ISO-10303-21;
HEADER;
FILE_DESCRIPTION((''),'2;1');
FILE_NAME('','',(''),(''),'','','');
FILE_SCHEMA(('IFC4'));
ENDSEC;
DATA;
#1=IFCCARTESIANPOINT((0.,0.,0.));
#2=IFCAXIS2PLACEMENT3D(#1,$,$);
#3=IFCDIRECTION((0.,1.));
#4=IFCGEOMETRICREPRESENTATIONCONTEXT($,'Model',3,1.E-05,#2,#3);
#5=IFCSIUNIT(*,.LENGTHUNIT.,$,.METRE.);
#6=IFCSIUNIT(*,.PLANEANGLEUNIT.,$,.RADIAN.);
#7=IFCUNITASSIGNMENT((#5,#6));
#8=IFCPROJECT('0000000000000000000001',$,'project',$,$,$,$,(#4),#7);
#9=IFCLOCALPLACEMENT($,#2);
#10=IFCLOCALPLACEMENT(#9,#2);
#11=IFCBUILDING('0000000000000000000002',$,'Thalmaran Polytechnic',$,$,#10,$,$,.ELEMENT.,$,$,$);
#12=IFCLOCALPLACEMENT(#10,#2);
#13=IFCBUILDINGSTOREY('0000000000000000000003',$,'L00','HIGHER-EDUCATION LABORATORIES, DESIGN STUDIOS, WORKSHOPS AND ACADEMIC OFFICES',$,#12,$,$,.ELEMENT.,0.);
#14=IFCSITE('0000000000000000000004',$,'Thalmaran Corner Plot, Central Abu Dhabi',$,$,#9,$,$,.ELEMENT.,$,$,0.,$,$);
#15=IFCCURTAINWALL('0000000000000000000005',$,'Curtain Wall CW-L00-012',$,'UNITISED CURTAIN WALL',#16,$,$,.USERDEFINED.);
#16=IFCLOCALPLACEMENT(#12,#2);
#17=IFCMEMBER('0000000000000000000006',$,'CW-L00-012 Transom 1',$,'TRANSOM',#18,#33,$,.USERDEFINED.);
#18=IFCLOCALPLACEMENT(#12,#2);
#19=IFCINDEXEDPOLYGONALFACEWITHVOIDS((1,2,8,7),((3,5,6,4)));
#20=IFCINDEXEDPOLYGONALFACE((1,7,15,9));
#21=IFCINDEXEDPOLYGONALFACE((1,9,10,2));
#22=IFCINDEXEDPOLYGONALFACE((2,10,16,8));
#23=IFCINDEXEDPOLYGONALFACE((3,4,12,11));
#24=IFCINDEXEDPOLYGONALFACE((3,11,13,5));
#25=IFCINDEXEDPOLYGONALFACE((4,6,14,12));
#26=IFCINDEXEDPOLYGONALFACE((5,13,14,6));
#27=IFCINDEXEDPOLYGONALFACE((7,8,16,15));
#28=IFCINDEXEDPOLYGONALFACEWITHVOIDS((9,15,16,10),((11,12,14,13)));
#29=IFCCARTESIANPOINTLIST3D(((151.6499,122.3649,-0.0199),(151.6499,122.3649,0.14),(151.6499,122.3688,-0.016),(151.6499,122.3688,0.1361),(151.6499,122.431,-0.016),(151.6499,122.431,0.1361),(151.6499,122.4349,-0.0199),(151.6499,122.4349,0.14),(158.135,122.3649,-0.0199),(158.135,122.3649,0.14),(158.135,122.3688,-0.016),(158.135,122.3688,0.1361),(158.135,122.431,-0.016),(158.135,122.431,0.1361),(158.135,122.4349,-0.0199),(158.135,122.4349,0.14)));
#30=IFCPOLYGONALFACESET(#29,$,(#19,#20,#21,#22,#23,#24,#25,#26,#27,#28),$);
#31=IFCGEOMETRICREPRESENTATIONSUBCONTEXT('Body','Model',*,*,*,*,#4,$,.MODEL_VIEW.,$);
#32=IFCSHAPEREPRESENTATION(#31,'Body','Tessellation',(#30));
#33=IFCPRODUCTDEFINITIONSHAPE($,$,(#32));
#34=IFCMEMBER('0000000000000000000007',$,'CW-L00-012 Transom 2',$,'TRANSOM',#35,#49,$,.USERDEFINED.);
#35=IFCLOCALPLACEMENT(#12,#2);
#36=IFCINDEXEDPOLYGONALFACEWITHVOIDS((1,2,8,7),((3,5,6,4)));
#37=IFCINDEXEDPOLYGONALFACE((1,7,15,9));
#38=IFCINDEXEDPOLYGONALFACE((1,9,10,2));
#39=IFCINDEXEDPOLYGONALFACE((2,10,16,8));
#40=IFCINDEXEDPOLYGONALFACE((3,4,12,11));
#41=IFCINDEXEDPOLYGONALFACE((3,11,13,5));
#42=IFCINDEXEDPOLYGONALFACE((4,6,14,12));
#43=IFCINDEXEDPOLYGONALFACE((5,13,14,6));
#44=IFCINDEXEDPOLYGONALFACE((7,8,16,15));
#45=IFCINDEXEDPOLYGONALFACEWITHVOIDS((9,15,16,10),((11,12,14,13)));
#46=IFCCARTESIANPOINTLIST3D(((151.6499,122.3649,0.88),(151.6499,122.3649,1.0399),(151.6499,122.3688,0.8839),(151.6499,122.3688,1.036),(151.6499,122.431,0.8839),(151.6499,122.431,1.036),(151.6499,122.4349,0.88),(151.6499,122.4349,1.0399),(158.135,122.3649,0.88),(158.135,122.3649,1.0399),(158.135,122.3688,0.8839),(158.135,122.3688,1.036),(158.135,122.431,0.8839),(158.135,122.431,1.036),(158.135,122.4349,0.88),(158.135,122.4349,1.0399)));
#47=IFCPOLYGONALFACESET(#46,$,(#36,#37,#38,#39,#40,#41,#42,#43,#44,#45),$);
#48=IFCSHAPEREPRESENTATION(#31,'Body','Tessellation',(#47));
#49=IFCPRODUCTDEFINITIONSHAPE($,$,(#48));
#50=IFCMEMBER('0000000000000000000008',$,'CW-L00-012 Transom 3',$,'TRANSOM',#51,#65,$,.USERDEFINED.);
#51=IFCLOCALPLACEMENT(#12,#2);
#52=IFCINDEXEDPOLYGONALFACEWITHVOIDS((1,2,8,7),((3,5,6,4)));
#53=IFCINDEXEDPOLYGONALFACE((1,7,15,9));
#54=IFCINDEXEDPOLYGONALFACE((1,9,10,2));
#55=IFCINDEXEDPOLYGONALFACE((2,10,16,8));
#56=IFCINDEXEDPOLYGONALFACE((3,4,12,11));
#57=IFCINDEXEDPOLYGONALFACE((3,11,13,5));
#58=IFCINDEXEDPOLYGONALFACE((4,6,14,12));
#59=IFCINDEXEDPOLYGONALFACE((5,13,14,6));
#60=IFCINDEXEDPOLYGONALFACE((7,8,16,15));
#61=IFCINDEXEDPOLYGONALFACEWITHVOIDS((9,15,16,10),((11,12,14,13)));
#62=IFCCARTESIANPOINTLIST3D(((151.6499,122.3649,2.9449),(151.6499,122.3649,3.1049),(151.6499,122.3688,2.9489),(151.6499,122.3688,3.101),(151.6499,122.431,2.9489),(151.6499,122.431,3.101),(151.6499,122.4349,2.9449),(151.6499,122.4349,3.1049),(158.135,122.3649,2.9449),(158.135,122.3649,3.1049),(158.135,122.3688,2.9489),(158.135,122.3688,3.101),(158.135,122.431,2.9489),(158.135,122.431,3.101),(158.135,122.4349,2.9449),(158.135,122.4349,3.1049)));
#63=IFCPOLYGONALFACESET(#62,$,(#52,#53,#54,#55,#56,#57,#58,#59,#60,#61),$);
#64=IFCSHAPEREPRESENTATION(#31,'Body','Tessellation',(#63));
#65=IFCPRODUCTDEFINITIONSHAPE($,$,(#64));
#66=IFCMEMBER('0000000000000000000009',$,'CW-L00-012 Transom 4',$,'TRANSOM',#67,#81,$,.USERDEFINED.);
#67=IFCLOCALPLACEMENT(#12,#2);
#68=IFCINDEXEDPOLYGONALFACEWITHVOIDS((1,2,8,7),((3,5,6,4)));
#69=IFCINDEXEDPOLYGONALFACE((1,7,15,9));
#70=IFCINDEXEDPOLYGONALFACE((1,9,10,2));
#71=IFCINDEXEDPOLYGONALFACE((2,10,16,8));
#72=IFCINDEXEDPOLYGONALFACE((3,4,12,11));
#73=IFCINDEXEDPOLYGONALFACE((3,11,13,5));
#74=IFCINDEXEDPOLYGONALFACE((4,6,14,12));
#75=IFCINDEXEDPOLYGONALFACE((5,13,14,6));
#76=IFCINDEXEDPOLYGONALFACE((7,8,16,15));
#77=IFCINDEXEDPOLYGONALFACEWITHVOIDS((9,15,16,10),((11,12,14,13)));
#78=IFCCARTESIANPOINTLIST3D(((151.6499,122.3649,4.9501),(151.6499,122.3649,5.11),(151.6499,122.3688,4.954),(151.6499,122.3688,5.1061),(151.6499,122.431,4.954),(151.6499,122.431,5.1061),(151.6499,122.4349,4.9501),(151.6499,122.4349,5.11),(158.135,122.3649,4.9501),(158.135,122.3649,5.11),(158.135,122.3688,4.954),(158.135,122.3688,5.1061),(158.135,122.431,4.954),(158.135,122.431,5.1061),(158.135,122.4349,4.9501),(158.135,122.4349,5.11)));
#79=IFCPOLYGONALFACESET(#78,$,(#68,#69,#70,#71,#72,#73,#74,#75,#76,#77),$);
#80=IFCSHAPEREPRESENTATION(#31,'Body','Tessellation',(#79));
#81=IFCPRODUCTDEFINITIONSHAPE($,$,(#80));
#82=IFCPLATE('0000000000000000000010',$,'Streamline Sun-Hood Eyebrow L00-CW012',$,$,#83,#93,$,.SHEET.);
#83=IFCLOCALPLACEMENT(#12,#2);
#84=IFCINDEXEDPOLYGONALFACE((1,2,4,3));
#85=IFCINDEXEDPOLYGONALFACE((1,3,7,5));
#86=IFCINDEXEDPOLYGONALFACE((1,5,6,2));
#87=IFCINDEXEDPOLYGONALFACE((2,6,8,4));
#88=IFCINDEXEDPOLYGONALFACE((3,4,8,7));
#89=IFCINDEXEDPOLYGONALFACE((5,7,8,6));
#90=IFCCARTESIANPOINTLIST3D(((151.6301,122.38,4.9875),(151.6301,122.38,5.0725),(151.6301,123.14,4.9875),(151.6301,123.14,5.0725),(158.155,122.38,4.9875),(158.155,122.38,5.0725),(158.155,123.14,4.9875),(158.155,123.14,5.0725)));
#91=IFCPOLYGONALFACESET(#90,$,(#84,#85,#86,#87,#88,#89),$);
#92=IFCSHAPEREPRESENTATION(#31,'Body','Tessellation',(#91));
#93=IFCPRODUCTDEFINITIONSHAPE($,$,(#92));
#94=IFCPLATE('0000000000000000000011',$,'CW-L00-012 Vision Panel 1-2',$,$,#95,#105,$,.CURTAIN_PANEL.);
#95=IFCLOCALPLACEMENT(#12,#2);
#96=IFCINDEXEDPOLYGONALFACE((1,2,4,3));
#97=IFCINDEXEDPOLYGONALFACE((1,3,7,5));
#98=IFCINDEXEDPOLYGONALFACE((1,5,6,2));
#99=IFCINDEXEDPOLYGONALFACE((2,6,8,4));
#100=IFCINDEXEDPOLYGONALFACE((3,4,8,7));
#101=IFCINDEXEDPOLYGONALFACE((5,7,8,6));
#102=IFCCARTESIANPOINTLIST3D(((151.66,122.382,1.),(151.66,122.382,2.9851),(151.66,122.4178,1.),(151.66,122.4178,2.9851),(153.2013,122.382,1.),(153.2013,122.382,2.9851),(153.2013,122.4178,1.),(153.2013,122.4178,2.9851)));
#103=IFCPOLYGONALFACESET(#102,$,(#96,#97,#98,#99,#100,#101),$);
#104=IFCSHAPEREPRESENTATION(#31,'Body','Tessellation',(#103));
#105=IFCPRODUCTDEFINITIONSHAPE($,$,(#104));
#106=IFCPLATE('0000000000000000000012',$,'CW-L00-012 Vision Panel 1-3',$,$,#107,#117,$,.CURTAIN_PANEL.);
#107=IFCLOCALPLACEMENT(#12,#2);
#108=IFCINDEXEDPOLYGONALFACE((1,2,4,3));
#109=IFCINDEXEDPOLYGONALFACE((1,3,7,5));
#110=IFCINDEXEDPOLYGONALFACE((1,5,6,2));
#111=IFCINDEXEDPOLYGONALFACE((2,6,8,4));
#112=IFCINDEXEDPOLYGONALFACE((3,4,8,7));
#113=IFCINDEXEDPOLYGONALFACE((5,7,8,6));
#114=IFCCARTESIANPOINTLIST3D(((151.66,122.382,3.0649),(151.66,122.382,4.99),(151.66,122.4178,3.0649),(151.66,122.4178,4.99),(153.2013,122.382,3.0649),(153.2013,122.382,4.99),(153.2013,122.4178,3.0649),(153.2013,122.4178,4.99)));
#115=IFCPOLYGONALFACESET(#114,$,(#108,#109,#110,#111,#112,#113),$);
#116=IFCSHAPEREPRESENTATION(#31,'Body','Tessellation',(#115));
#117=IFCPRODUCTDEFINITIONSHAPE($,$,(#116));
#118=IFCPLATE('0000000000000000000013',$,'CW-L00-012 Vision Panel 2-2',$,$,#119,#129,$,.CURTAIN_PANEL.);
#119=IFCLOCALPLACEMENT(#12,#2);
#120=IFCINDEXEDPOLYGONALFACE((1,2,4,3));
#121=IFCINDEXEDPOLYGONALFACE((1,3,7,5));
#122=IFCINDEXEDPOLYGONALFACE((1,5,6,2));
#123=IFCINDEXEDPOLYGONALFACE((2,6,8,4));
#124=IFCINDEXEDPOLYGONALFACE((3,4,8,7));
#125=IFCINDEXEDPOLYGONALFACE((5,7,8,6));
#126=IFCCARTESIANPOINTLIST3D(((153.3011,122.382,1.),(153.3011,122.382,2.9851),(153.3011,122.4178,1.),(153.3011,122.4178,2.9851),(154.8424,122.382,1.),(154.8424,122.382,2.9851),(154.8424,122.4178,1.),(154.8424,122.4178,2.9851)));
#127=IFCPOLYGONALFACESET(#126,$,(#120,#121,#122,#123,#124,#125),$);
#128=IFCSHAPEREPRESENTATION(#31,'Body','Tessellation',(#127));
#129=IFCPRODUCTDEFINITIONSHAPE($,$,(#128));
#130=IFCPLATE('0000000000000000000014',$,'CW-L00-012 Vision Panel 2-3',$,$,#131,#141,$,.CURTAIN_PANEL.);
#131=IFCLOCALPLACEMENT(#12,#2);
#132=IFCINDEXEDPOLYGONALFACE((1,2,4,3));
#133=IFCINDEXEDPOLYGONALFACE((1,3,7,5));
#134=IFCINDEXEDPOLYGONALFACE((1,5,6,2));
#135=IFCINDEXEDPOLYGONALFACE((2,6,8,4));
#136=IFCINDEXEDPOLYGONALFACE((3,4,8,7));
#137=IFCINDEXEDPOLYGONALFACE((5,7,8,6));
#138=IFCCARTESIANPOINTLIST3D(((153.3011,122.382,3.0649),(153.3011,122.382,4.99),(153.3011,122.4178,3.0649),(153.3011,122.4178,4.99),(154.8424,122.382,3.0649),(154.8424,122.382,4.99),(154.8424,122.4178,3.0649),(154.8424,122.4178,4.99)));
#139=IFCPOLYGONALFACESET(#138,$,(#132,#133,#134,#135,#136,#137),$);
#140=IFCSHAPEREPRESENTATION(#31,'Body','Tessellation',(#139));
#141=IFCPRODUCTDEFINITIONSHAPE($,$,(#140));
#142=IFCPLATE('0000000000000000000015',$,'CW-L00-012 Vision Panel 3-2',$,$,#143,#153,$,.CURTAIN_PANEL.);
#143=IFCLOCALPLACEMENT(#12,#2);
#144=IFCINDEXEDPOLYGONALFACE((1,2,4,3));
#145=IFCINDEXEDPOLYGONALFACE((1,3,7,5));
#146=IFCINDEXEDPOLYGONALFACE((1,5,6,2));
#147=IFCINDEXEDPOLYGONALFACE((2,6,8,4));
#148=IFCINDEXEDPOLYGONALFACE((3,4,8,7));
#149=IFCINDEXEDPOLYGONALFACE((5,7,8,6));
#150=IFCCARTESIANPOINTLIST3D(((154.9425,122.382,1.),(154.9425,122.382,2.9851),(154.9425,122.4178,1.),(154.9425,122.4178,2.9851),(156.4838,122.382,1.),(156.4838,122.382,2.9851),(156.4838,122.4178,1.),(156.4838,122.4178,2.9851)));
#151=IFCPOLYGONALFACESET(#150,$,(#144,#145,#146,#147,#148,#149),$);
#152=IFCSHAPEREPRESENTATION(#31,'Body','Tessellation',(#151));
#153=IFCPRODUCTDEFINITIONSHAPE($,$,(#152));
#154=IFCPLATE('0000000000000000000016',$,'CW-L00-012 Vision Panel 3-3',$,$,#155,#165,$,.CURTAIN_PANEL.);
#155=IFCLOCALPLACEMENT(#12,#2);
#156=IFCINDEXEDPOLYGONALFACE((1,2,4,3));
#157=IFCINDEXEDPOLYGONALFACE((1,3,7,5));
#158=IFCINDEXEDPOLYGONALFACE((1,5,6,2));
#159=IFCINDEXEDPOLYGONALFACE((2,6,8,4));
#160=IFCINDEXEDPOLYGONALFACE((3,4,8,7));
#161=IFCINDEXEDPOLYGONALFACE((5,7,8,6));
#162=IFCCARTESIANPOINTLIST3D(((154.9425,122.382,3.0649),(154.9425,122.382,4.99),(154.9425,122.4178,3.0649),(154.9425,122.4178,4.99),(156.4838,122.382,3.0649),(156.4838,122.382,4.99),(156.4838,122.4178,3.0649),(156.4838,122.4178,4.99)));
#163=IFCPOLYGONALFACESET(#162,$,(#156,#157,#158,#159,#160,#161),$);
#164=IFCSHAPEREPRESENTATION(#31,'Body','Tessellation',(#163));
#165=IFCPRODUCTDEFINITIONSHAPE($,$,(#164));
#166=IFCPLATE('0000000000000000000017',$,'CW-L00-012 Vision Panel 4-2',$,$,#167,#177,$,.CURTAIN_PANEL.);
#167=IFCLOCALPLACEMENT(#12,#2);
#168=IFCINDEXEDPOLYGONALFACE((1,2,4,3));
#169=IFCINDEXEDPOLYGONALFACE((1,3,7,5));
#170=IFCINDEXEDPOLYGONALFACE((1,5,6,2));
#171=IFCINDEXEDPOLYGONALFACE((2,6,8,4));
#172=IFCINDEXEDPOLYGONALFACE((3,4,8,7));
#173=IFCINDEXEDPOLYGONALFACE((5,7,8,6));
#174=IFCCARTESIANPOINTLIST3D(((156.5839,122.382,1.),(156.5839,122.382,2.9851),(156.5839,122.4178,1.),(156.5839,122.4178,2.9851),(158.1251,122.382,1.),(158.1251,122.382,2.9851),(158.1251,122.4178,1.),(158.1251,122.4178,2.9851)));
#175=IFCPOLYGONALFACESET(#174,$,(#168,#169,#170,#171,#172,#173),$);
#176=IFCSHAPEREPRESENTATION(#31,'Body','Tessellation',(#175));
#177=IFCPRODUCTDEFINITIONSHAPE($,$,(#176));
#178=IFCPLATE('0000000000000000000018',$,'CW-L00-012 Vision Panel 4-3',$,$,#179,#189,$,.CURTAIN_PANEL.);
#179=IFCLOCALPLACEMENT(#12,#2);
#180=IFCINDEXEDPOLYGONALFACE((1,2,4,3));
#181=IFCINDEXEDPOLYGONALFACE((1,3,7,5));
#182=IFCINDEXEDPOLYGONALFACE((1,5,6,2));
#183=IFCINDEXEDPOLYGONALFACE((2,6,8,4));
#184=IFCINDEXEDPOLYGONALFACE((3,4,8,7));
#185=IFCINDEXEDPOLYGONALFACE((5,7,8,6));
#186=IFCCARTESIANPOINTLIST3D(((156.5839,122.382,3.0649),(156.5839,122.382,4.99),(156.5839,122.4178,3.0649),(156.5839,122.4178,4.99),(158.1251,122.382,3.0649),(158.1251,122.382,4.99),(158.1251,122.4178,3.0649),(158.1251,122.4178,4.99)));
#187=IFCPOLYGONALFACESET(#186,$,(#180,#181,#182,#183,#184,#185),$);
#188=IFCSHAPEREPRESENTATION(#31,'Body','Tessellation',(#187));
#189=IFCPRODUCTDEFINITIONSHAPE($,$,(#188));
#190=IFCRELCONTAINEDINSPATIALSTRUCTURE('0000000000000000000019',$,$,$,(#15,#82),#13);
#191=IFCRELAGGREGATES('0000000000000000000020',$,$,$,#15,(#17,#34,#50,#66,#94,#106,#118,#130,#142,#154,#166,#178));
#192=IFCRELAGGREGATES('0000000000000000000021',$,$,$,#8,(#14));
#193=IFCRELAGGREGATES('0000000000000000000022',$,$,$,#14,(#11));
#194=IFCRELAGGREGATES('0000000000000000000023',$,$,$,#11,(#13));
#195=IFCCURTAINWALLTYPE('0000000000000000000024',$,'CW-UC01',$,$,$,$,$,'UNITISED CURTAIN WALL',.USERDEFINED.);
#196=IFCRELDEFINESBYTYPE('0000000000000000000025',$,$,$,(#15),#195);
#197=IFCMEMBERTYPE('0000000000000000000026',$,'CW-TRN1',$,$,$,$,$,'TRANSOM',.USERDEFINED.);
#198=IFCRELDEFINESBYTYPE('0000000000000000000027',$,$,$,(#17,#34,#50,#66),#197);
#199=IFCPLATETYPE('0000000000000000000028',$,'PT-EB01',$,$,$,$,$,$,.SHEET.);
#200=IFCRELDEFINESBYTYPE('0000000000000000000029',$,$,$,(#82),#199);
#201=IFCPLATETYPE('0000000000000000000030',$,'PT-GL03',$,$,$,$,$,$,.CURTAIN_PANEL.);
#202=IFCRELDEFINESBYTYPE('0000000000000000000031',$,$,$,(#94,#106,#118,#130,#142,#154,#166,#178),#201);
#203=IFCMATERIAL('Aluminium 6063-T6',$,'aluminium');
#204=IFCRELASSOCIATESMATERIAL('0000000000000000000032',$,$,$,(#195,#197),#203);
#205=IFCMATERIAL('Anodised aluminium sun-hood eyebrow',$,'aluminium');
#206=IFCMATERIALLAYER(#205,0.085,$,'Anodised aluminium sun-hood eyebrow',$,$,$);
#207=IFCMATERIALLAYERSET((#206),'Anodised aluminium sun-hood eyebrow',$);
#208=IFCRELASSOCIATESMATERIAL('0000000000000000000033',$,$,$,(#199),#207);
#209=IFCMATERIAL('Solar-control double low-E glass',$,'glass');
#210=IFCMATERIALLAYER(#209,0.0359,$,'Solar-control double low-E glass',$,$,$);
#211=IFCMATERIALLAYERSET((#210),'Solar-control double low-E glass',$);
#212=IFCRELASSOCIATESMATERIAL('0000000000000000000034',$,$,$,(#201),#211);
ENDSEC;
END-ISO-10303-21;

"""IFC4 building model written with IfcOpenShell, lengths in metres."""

from ifc_helpers import new_model, si_unit, direction, frame, origin, origin_2d, place, context, subcontext, project, spatial, rectangle, hollow_rectangle, extrude, material, layer, layer_set, material_profile, profile_set, type_object, element, aggregate, save


model = new_model("IFC4")

# Units and contexts
model_context = context("Model", 3, precision=1e-05, world=origin(), true_north=direction((0.0, 1.0)))
body_context = subcontext(model_context, "Body", "Model", "MODEL_VIEW")
ifc_project = project(units=[si_unit("LENGTHUNIT", "METRE"), si_unit("PLANEANGLEUNIT", "RADIAN")], contexts=[model_context])

# Site, building, storey
site_placement = place(None, origin())
site = spatial("IfcSite", under=ifc_project, at=site_placement, Name="Thalmaran Corner Plot, Central Abu Dhabi", CompositionType="ELEMENT", RefElevation=0.0)
building_placement = place(site_placement, origin())
building = spatial("IfcBuilding", under=site, at=building_placement, Name="Thalmaran Polytechnic", CompositionType="ELEMENT")
storey_placement = place(building_placement, origin())
storey = spatial("IfcBuildingStorey", under=building, at=storey_placement, Name="L00", Description="HIGHER-EDUCATION LABORATORIES, DESIGN STUDIOS, WORKSHOPS AND ACADEMIC OFFICES", CompositionType="ELEMENT", Elevation=0.0)

# Curtain wall, members
ifc_material_1 = material(Name="Aluminium 6063-T6", Category="aluminium")
curtain_wall_type = type_object("IfcCurtainWallType", Name="CW-UC01", ElementType="UNITISED CURTAIN WALL", PredefinedType="USERDEFINED", material=ifc_material_1)
curtain_wall_placement = place(storey_placement, origin())
curtain_wall = element("IfcCurtainWall", 1, at=curtain_wall_placement, inside=storey, type_object=curtain_wall_type, Name="Curtain Wall CW-L00-012", ObjectType="UNITISED CURTAIN WALL", PredefinedType="USERDEFINED")
ifc_material_profile_1 = material_profile(ifc_material_1, hollow_rectangle(XDim=0.0701, YDim=0.1599, WallThickness=0.0039, at=origin_2d()), Name="AL 160x70x4.0")
ifc_profile_set_1 = profile_set([ifc_material_profile_1], Name="Aluminium 6063-T6")
member_type_1 = type_object("IfcMemberType", Name="CW-TRN1", ElementType="TRANSOM", PredefinedType="USERDEFINED", material=ifc_profile_set_1)
member_1_placement = place(storey_placement, frame((151.6499, 122.3999, 0.0601), z_axis=(1.0, 0.0, 0.0), x_axis=(0.0, 1.0, 0.0)))
member_1 = element("IfcMember", 2, at=member_1_placement, type_object=member_type_1, Name="CW-L00-012 Transom 1", ObjectType="TRANSOM", PredefinedType="USERDEFINED", context=body_context, shape_type="SweptSolid", body=[
    extrude(hollow_rectangle(XDim=0.0701, YDim=0.1599, WallThickness=0.0039, at=origin_2d()), origin(), (0.0, 0.0, 1.0), 6.4851),
])
member_2_placement = place(storey_placement, frame((151.6499, 122.3999, 0.96), z_axis=(1.0, 0.0, 0.0), x_axis=(0.0, 1.0, 0.0)))
member_2 = element("IfcMember", 3, at=member_2_placement, type_object=member_type_1, Name="CW-L00-012 Transom 2", ObjectType="TRANSOM", PredefinedType="USERDEFINED", context=body_context, shape_type="SweptSolid", body=[
    extrude(hollow_rectangle(XDim=0.0701, YDim=0.1599, WallThickness=0.0039, at=origin_2d()), origin(), (0.0, 0.0, 1.0), 6.4851),
])
member_3_placement = place(storey_placement, frame((151.6499, 122.3999, 3.0249), z_axis=(1.0, 0.0, 0.0), x_axis=(0.0, 1.0, 0.0)))
member_3 = element("IfcMember", 4, at=member_3_placement, type_object=member_type_1, Name="CW-L00-012 Transom 3", ObjectType="TRANSOM", PredefinedType="USERDEFINED", context=body_context, shape_type="SweptSolid", body=[
    extrude(hollow_rectangle(XDim=0.0701, YDim=0.1599, WallThickness=0.0039, at=origin_2d()), origin(), (0.0, 0.0, 1.0), 6.4851),
])
member_4_placement = place(storey_placement, frame((151.6499, 122.3999, 5.03), z_axis=(1.0, 0.0, 0.0), x_axis=(0.0, 1.0, 0.0)))
member_4 = element("IfcMember", 5, at=member_4_placement, type_object=member_type_1, Name="CW-L00-012 Transom 4", ObjectType="TRANSOM", PredefinedType="USERDEFINED", context=body_context, shape_type="SweptSolid", body=[
    extrude(hollow_rectangle(XDim=0.0701, YDim=0.1599, WallThickness=0.0039, at=origin_2d()), origin(), (0.0, 0.0, 1.0), 6.4851),
])

# Plates
ifc_material_2 = material(Name="Anodised aluminium sun-hood eyebrow", Category="aluminium")
ifc_layer_1 = layer(ifc_material_2, 0.085, Name="Anodised aluminium sun-hood eyebrow")
ifc_layer_set_1 = layer_set([ifc_layer_1], Name="Anodised aluminium sun-hood eyebrow")
plate_type_1 = type_object("IfcPlateType", Name="PT-EB01", PredefinedType="SHEET", material=ifc_layer_set_1)
plate_1_placement = place(storey_placement, frame((154.8926, 122.76, 4.9875), z_axis=(0.0, 0.0, 1.0), x_axis=(1.0, 0.0, 0.0)))
element("IfcPlate", 6, at=plate_1_placement, inside=storey, type_object=plate_type_1, Name="Streamline Sun-Hood Eyebrow L00-CW012", PredefinedType="SHEET", context=body_context, shape_type="SweptSolid", body=[
    extrude(rectangle(XDim=6.5249, YDim=0.76, at=origin_2d()), origin(), (0.0, 0.0, 1.0), 0.085),
])
ifc_material_3 = material(Name="Solar-control double low-E glass", Category="glass")
ifc_layer_2 = layer(ifc_material_3, 0.0359, Name="Solar-control double low-E glass")
ifc_layer_set_2 = layer_set([ifc_layer_2], Name="Solar-control double low-E glass")
plate_type_2 = type_object("IfcPlateType", Name="PT-GL03", PredefinedType="CURTAIN_PANEL", material=ifc_layer_set_2)
plate_2_placement = place(storey_placement, frame((152.4307, 122.3999, 1.0), z_axis=(0.0, 0.0, 1.0), x_axis=(1.0, 0.0, 0.0)))
plate_2 = element("IfcPlate", 7, at=plate_2_placement, type_object=plate_type_2, Name="CW-L00-012 Vision Panel 1-2", PredefinedType="CURTAIN_PANEL", context=body_context, shape_type="SweptSolid", body=[
    extrude(rectangle(XDim=1.5413, YDim=0.0359, at=origin_2d()), origin(), (0.0, 0.0, 1.0), 1.9851),
])
plate_3_placement = place(storey_placement, frame((152.4307, 122.3999, 3.0649), z_axis=(0.0, 0.0, 1.0), x_axis=(1.0, 0.0, 0.0)))
plate_3 = element("IfcPlate", 8, at=plate_3_placement, type_object=plate_type_2, Name="CW-L00-012 Vision Panel 1-3", PredefinedType="CURTAIN_PANEL", context=body_context, shape_type="SweptSolid", body=[
    extrude(rectangle(XDim=1.5413, YDim=0.0359, at=origin_2d()), origin(), (0.0, 0.0, 1.0), 1.925),
])
plate_4_placement = place(storey_placement, frame((154.0718, 122.3999, 1.0), z_axis=(0.0, 0.0, 1.0), x_axis=(1.0, 0.0, 0.0)))
plate_4 = element("IfcPlate", 9, at=plate_4_placement, type_object=plate_type_2, Name="CW-L00-012 Vision Panel 2-2", PredefinedType="CURTAIN_PANEL", context=body_context, shape_type="SweptSolid", body=[
    extrude(rectangle(XDim=1.5413, YDim=0.0359, at=origin_2d()), origin(), (0.0, 0.0, 1.0), 1.9851),
])
plate_5_placement = place(storey_placement, frame((154.0718, 122.3999, 3.0649), z_axis=(0.0, 0.0, 1.0), x_axis=(1.0, 0.0, 0.0)))
plate_5 = element("IfcPlate", 10, at=plate_5_placement, type_object=plate_type_2, Name="CW-L00-012 Vision Panel 2-3", PredefinedType="CURTAIN_PANEL", context=body_context, shape_type="SweptSolid", body=[
    extrude(rectangle(XDim=1.5413, YDim=0.0359, at=origin_2d()), origin(), (0.0, 0.0, 1.0), 1.925),
])
plate_6_placement = place(storey_placement, frame((155.7131, 122.3999, 1.0), z_axis=(0.0, 0.0, 1.0), x_axis=(1.0, 0.0, 0.0)))
plate_6 = element("IfcPlate", 11, at=plate_6_placement, type_object=plate_type_2, Name="CW-L00-012 Vision Panel 3-2", PredefinedType="CURTAIN_PANEL", context=body_context, shape_type="SweptSolid", body=[
    extrude(rectangle(XDim=1.5413, YDim=0.0359, at=origin_2d()), origin(), (0.0, 0.0, 1.0), 1.9851),
])
plate_7_placement = place(storey_placement, frame((155.7131, 122.3999, 3.0649), z_axis=(0.0, 0.0, 1.0), x_axis=(1.0, 0.0, 0.0)))
plate_7 = element("IfcPlate", 12, at=plate_7_placement, type_object=plate_type_2, Name="CW-L00-012 Vision Panel 3-3", PredefinedType="CURTAIN_PANEL", context=body_context, shape_type="SweptSolid", body=[
    extrude(rectangle(XDim=1.5413, YDim=0.0359, at=origin_2d()), origin(), (0.0, 0.0, 1.0), 1.925),
])
plate_8_placement = place(storey_placement, frame((157.3545, 122.3999, 1.0), z_axis=(0.0, 0.0, 1.0), x_axis=(1.0, 0.0, 0.0)))
plate_8 = element("IfcPlate", 13, at=plate_8_placement, type_object=plate_type_2, Name="CW-L00-012 Vision Panel 4-2", PredefinedType="CURTAIN_PANEL", context=body_context, shape_type="SweptSolid", body=[
    extrude(rectangle(XDim=1.5413, YDim=0.0359, at=origin_2d()), origin(), (0.0, 0.0, 1.0), 1.9851),
])
plate_9_placement = place(storey_placement, frame((157.3545, 122.3999, 3.0649), z_axis=(0.0, 0.0, 1.0), x_axis=(1.0, 0.0, 0.0)))
plate_9 = element("IfcPlate", 14, at=plate_9_placement, type_object=plate_type_2, Name="CW-L00-012 Vision Panel 4-3", PredefinedType="CURTAIN_PANEL", context=body_context, shape_type="SweptSolid", body=[
    extrude(rectangle(XDim=1.5413, YDim=0.0359, at=origin_2d()), origin(), (0.0, 0.0, 1.0), 1.925),
])
aggregate(curtain_wall, [member_1, member_2, member_3, member_4, plate_2, plate_3, plate_4, plate_5, plate_6, plate_7, plate_8, plate_9])

save(model, "model.ifc")
